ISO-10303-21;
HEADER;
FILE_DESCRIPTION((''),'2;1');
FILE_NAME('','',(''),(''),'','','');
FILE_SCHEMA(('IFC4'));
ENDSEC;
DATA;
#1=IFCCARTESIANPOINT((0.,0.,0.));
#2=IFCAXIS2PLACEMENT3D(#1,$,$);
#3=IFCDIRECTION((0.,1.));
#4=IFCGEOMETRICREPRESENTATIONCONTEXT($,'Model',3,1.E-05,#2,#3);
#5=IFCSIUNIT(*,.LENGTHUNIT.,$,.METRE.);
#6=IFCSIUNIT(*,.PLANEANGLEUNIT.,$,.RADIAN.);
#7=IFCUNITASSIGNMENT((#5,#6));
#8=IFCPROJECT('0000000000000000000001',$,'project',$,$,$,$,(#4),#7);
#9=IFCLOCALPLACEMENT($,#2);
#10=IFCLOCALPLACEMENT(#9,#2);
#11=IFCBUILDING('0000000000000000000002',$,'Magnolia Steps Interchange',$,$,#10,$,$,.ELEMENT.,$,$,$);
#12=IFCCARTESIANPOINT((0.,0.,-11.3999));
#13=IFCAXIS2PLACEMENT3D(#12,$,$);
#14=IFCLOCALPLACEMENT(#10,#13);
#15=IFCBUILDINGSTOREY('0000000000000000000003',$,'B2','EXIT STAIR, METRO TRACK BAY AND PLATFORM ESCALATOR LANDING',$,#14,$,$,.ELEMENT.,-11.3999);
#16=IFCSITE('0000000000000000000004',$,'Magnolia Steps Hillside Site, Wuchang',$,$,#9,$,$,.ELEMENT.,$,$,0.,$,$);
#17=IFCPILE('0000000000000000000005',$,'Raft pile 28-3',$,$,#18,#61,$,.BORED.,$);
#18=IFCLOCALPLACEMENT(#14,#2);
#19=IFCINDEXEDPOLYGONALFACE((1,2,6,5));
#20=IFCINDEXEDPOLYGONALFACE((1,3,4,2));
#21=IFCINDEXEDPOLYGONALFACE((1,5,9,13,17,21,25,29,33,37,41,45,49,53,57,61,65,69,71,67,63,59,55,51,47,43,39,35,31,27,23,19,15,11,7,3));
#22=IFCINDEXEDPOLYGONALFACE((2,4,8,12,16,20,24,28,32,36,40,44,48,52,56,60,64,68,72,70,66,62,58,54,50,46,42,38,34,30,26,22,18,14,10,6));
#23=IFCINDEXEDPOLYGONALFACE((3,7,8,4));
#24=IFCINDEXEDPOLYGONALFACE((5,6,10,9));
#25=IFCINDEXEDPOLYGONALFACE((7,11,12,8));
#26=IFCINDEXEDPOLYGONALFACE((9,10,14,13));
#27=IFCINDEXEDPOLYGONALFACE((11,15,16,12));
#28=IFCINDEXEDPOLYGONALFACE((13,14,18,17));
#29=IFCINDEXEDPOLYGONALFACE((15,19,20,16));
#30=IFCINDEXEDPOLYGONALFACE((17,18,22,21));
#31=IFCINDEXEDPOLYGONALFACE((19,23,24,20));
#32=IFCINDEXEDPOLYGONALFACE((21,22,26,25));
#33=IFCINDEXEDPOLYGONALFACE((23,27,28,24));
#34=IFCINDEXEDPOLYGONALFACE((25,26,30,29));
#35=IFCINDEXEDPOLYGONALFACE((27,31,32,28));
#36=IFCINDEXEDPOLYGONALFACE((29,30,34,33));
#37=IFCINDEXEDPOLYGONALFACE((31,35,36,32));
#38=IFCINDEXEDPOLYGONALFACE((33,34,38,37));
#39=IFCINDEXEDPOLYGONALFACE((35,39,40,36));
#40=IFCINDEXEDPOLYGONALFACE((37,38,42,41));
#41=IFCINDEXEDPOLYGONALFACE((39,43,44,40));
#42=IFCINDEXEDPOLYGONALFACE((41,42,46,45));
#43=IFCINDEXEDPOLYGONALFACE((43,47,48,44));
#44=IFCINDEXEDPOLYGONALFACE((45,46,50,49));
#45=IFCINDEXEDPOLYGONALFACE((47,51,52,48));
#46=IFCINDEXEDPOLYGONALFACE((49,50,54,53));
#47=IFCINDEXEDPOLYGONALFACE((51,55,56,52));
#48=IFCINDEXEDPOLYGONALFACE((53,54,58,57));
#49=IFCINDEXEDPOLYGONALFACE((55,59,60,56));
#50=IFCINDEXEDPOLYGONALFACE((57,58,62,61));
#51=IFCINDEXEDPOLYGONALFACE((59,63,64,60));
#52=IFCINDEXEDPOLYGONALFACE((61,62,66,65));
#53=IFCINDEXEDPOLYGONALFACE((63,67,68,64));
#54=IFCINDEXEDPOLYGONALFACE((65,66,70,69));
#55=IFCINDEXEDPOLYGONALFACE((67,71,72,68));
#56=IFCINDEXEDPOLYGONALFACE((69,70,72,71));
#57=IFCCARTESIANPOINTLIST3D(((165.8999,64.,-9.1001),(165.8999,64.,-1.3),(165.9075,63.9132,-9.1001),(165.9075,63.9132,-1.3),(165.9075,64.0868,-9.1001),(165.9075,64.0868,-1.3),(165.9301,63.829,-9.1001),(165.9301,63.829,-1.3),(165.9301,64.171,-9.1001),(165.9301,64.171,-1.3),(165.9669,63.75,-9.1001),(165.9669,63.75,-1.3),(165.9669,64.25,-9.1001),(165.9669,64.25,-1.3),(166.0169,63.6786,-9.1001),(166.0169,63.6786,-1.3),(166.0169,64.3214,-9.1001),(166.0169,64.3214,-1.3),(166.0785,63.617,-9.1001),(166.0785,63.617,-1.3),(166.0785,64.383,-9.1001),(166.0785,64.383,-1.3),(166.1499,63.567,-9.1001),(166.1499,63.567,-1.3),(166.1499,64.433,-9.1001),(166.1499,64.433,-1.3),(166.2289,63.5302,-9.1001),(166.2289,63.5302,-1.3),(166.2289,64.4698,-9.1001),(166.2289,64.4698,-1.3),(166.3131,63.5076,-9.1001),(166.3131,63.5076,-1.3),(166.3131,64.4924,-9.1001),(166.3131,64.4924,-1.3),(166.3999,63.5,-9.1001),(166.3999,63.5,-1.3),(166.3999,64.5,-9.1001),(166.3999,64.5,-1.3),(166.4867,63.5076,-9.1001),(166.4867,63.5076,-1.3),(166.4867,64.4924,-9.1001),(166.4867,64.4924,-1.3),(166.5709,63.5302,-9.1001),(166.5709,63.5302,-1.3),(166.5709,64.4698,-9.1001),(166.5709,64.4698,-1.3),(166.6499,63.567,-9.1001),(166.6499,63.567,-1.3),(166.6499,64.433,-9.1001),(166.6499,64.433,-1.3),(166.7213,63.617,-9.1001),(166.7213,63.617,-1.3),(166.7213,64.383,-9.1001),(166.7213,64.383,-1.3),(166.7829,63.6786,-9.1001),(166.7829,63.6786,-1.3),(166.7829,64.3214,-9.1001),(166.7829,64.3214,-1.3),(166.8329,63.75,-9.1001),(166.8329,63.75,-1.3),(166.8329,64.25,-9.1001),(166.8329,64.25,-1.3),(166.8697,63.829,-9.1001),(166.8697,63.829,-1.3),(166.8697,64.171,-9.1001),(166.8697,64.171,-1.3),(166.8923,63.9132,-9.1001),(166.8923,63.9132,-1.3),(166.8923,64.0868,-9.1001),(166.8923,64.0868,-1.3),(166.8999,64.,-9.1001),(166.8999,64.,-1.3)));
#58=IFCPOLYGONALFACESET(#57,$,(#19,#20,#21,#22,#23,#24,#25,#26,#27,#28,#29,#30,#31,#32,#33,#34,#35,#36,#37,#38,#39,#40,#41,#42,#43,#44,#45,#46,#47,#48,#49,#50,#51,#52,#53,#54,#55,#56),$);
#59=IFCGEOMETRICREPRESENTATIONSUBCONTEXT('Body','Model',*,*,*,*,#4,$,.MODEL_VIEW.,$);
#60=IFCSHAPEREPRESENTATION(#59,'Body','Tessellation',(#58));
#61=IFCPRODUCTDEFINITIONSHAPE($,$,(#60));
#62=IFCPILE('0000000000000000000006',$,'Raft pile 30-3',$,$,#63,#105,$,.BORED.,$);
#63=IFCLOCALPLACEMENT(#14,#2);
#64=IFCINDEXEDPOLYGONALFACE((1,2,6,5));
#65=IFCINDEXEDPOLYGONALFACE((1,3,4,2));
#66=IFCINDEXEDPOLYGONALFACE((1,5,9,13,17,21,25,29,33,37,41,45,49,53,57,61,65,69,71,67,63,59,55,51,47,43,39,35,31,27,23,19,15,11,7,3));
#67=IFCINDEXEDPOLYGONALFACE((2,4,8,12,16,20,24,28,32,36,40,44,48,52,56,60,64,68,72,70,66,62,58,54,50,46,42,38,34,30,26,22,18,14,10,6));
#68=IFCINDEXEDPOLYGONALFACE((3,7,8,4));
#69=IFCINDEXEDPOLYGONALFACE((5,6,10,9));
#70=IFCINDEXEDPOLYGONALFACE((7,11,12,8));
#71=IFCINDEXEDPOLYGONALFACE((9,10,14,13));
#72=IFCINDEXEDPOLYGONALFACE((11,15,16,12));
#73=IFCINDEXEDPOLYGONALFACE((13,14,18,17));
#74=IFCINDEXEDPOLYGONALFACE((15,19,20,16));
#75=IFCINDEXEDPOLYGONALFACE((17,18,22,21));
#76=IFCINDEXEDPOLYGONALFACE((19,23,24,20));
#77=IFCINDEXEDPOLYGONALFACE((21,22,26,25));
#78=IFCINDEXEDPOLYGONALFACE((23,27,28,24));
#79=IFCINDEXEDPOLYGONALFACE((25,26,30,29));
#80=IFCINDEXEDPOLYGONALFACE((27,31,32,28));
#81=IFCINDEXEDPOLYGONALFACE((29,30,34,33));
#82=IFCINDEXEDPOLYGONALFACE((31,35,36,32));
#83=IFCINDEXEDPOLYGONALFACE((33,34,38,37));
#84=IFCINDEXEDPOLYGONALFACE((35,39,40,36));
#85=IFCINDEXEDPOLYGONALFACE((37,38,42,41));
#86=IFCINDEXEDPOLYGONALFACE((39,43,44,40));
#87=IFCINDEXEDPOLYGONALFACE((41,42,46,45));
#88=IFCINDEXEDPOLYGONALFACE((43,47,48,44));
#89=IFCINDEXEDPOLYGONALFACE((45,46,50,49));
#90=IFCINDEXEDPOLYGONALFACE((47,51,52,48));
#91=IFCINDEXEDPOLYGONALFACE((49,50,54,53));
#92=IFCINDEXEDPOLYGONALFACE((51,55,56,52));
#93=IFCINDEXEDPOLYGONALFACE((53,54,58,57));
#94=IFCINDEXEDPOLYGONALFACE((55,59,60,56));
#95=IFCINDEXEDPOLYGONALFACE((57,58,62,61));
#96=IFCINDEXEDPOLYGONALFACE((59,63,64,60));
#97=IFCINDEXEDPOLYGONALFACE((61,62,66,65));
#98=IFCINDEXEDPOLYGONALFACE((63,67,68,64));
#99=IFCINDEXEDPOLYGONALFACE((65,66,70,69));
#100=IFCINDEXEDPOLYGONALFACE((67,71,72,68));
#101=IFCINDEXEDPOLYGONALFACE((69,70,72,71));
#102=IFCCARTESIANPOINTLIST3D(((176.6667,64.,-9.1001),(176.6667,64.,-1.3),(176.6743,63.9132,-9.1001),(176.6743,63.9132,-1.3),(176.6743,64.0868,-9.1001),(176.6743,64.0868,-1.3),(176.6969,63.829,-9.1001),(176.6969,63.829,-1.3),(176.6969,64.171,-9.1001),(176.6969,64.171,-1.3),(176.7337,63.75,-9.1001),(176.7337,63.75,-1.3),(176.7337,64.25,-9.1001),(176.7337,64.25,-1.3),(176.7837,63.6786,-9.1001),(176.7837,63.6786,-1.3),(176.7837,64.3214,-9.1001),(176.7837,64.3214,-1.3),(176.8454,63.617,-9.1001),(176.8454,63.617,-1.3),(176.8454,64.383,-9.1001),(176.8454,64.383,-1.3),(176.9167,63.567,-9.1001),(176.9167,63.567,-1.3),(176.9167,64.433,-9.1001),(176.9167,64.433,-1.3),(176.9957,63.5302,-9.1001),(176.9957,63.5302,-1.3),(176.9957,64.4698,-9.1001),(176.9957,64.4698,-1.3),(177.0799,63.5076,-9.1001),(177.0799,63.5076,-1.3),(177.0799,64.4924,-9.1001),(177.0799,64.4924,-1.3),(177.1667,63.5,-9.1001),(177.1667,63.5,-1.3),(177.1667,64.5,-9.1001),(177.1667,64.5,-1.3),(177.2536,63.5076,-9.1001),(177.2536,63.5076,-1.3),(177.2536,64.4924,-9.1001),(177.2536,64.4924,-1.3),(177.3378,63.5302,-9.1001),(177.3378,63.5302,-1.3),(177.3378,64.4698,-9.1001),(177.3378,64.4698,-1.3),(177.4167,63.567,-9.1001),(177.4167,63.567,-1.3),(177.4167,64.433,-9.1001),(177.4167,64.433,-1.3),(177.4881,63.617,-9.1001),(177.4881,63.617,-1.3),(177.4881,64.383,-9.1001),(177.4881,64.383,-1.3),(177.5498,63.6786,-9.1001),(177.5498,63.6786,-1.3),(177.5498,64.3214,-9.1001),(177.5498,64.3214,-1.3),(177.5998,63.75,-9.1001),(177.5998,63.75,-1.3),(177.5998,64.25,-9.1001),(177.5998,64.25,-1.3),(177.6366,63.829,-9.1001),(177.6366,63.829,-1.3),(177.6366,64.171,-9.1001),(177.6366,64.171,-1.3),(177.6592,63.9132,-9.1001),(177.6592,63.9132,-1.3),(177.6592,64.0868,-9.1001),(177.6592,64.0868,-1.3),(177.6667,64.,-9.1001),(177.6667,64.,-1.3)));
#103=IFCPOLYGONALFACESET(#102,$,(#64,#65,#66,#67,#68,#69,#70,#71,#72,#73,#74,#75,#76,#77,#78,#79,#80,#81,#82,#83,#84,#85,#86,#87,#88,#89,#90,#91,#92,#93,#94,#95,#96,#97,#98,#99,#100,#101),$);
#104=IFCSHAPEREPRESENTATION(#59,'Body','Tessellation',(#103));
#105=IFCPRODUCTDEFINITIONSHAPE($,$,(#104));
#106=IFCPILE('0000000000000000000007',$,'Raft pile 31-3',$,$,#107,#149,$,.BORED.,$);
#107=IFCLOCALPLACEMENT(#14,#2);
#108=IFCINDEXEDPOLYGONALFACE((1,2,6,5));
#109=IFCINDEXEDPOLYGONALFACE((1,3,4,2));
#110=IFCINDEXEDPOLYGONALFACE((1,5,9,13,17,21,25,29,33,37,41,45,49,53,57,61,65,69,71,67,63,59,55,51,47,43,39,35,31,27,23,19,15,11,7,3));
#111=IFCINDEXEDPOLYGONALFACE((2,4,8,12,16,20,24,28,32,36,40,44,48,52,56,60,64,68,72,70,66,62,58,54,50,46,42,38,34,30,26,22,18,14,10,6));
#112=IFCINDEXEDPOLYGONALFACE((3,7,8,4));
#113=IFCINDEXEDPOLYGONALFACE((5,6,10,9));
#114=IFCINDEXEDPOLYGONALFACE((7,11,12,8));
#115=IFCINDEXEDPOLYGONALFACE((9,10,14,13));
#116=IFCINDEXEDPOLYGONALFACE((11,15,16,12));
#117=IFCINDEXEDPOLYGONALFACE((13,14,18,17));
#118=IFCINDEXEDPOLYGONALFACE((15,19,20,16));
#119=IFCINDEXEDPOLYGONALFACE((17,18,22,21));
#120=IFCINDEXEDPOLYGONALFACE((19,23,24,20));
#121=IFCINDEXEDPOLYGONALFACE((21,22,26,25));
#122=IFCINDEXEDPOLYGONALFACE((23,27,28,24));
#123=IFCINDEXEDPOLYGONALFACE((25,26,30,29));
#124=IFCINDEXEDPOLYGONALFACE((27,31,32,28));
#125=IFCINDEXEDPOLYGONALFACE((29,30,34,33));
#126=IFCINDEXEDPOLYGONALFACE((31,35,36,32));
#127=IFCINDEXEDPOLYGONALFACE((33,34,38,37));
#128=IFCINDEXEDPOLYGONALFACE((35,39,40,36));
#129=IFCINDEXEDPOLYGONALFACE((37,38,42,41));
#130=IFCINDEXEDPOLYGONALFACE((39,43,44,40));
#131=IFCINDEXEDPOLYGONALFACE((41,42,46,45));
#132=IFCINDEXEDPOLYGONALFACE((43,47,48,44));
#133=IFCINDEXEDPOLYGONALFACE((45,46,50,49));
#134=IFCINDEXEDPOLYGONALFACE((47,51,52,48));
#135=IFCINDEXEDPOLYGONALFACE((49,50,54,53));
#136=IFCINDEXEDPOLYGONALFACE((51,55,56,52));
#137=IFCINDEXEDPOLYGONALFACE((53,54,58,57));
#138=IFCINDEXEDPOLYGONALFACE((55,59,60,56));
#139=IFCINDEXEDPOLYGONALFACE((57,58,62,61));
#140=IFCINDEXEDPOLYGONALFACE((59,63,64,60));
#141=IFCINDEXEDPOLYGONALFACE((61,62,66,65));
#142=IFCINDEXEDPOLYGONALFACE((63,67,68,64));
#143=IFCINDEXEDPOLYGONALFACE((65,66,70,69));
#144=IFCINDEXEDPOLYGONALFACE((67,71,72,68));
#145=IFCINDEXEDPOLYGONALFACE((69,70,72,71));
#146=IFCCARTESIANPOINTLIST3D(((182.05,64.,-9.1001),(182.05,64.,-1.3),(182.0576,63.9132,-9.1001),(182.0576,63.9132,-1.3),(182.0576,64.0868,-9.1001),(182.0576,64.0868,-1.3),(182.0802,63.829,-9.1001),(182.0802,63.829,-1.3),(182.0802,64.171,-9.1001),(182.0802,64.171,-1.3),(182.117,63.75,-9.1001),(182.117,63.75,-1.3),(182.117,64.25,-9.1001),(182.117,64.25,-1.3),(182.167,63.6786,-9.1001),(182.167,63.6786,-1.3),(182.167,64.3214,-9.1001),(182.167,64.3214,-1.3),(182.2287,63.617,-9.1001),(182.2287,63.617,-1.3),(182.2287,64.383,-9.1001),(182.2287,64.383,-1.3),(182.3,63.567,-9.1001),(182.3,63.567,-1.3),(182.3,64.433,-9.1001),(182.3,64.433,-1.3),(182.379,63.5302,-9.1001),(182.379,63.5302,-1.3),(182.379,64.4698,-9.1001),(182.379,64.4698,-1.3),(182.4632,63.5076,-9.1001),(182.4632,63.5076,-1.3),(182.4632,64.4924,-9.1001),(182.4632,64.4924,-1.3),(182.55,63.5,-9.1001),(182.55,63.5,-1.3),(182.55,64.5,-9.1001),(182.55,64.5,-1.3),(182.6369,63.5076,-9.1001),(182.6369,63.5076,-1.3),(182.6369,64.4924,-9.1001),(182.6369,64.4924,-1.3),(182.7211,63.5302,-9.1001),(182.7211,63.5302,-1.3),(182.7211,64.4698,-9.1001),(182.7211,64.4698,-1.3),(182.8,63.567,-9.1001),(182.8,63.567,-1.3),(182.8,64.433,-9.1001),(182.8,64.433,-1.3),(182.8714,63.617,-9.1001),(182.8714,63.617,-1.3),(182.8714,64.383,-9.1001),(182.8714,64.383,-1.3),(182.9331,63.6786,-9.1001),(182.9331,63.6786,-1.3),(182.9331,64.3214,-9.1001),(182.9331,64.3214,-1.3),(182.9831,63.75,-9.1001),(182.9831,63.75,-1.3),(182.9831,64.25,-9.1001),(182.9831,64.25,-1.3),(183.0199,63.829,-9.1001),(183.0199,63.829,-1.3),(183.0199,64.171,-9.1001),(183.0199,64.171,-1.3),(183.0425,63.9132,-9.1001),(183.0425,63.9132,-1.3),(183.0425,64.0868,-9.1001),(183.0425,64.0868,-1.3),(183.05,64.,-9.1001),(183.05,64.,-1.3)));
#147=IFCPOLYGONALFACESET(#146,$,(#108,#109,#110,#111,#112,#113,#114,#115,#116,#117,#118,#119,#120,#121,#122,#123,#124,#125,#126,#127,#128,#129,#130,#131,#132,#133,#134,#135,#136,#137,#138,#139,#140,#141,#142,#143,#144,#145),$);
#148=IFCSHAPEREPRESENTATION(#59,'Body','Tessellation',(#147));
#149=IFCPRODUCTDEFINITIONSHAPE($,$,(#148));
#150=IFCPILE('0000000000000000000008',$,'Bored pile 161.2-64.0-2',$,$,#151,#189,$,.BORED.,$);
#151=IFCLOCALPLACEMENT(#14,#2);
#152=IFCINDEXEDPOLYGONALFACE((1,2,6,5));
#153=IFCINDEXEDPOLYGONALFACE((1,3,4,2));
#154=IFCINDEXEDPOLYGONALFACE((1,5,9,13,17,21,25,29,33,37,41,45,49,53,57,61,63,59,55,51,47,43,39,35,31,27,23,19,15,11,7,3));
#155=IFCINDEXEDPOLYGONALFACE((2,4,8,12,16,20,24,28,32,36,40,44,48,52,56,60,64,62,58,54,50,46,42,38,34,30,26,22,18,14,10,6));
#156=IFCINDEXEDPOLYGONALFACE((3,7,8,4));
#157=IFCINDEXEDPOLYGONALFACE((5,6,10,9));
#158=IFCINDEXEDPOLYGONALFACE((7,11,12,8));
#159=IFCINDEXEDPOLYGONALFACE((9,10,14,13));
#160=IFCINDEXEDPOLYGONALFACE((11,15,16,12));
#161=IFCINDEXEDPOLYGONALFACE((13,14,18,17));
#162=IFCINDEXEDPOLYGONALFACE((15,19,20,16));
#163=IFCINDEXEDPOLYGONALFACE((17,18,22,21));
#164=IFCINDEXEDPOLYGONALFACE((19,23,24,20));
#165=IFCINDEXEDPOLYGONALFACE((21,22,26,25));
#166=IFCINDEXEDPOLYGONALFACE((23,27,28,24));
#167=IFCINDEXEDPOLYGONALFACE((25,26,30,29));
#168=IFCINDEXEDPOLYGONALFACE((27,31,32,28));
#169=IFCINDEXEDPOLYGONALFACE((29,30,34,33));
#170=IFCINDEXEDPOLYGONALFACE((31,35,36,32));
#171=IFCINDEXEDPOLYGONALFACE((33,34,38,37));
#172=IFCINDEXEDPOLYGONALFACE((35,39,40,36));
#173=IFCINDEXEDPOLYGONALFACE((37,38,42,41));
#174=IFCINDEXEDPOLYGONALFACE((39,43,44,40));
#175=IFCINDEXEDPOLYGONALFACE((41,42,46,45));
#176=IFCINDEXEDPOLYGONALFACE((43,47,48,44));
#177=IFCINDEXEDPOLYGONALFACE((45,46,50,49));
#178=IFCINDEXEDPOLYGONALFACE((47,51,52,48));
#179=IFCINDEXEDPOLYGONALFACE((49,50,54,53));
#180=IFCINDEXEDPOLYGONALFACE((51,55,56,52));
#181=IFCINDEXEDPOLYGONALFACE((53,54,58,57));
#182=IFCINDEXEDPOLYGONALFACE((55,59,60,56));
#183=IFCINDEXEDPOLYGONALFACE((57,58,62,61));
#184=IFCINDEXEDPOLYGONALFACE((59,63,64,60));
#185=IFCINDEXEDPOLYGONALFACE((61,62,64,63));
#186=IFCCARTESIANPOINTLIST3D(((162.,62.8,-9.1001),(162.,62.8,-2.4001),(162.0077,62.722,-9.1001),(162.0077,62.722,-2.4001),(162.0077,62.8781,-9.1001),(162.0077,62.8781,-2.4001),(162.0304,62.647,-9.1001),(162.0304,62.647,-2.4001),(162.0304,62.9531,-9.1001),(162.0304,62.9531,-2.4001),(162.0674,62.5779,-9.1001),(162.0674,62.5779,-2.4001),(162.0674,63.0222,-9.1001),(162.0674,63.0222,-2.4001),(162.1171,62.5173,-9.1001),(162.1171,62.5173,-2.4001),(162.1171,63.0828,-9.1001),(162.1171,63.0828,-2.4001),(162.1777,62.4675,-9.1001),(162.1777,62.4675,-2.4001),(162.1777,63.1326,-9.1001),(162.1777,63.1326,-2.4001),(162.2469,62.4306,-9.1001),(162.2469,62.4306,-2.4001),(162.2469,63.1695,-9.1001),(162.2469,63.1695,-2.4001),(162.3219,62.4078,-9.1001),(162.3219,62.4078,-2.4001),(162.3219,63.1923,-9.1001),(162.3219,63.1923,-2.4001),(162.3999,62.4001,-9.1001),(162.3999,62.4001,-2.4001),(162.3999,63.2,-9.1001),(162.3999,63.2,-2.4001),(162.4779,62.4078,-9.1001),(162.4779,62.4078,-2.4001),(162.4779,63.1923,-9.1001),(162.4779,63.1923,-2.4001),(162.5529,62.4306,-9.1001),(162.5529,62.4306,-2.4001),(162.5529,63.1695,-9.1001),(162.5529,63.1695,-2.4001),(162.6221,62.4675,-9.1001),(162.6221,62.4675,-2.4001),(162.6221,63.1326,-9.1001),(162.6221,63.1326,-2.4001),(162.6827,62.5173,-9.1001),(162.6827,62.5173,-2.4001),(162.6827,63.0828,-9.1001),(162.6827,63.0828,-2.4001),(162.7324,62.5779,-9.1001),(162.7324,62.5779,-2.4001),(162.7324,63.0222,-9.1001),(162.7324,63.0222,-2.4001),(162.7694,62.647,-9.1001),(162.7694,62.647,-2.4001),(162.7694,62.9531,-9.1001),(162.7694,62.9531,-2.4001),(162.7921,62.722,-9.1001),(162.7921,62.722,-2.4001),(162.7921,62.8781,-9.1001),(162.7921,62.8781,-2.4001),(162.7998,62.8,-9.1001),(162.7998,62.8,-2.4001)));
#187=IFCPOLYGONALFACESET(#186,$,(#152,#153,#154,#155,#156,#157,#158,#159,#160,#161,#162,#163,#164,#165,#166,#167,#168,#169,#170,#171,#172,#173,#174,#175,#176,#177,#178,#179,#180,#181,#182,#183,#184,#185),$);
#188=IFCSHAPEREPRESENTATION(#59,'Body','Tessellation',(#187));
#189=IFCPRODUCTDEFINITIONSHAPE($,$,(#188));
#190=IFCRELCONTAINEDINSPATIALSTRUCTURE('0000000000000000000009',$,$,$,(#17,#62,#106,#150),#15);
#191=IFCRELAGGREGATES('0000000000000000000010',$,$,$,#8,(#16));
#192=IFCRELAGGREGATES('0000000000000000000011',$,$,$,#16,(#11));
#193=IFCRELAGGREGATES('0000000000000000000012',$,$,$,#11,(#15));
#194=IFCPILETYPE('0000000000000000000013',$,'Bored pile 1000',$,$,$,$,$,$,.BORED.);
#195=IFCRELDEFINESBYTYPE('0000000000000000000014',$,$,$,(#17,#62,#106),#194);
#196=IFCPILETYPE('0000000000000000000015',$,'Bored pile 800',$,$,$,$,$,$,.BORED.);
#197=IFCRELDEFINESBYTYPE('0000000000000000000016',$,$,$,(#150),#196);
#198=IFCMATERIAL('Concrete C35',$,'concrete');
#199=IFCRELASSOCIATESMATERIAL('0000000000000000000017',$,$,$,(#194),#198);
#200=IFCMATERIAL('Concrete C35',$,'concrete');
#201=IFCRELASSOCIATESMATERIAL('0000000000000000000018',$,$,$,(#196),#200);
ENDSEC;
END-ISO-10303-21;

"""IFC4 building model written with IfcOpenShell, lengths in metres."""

from ifc_helpers import new_model, si_unit, direction, frame, origin, origin_2d, place, context, subcontext, project, spatial, circle, extrude, material, material_profile, profile_set, type_object, element, save


model = new_model("IFC4")

# Units and contexts
model_context = context("Model", 3, precision=1e-05, world=origin(), true_north=direction((0.0, 1.0)))
body_context = subcontext(model_context, "Body", "Model", "MODEL_VIEW")
ifc_project = project(units=[si_unit("LENGTHUNIT", "METRE"), si_unit("PLANEANGLEUNIT", "RADIAN")], contexts=[model_context])

# Site, building, storey
site_placement = place(None, origin())
site = spatial("IfcSite", under=ifc_project, at=site_placement, Name="Magnolia Steps Hillside Site, Wuchang", CompositionType="ELEMENT", RefElevation=0.0)
building_placement = place(site_placement, origin())
building = spatial("IfcBuilding", under=site, at=building_placement, Name="Magnolia Steps Interchange", CompositionType="ELEMENT")
storey_placement = place(building_placement, frame((0.0, 0.0, -11.3999)))
storey = spatial("IfcBuildingStorey", under=building, at=storey_placement, Name="B2", Description="EXIT STAIR, METRO TRACK BAY AND PLATFORM ESCALATOR LANDING", CompositionType="ELEMENT", Elevation=-11.3999)

# Piles
ifc_material_1 = material(Name="Concrete C35", Category="concrete")
ifc_material_profile_1 = material_profile(ifc_material_1, circle(Radius=0.5, at=origin_2d()), Name="Bored pile 1000")
ifc_profile_set_1 = profile_set([ifc_material_profile_1], Name="Concrete C35")
pile_type_1 = type_object("IfcPileType", Name="Bored pile 1000", PredefinedType="BORED", material=ifc_profile_set_1)
for number, where, z_axis, x_axis, name in (
    (1, (166.3999, 64.0, -1.3), (0.0, 0.0, -1.0), (1.0, 0.0, 0.0), "Raft pile 28-3"),
    (2, (177.1667, 64.0, -1.3), (0.0, 0.0, -1.0), (1.0, 0.0, 0.0), "Raft pile 30-3"),
    (3, (182.55, 64.0, -1.3), (0.0, 0.0, -1.0), (1.0, 0.0, 0.0), "Raft pile 31-3"),
):
    element("IfcPile", number, at=place(storey_placement, frame(where, z_axis=z_axis, x_axis=x_axis)), inside=storey, type_object=pile_type_1, Name=name, PredefinedType="BORED", context=body_context, shape_type="SweptSolid", body=[
        extrude(circle(Radius=0.5, at=origin_2d()), origin(), (0.0, 0.0, 1.0), 7.8),
    ])
ifc_material_2 = material(Name="Concrete C35", Category="concrete")
ifc_material_profile_2 = material_profile(ifc_material_2, circle(Radius=0.3999, at=origin_2d()), Name="Bored pile 800")
ifc_profile_set_2 = profile_set([ifc_material_profile_2], Name="Concrete C35")
pile_type_2 = type_object("IfcPileType", Name="Bored pile 800", PredefinedType="BORED", material=ifc_profile_set_2)
for number, where, z_axis, x_axis, name in (
    (4, (162.3999, 62.8, -2.4001), (0.0, 0.0, -1.0), (1.0, 0.0, 0.0), "Bored pile 161.2-64.0-2"),
):
    element("IfcPile", number, at=place(storey_placement, frame(where, z_axis=z_axis, x_axis=x_axis)), inside=storey, type_object=pile_type_2, Name=name, PredefinedType="BORED", context=body_context, shape_type="SweptSolid", body=[
        extrude(circle(Radius=0.3999, at=origin_2d()), origin(), (0.0, 0.0, 1.0), 6.7),
    ])

save(model, "model.ifc")
